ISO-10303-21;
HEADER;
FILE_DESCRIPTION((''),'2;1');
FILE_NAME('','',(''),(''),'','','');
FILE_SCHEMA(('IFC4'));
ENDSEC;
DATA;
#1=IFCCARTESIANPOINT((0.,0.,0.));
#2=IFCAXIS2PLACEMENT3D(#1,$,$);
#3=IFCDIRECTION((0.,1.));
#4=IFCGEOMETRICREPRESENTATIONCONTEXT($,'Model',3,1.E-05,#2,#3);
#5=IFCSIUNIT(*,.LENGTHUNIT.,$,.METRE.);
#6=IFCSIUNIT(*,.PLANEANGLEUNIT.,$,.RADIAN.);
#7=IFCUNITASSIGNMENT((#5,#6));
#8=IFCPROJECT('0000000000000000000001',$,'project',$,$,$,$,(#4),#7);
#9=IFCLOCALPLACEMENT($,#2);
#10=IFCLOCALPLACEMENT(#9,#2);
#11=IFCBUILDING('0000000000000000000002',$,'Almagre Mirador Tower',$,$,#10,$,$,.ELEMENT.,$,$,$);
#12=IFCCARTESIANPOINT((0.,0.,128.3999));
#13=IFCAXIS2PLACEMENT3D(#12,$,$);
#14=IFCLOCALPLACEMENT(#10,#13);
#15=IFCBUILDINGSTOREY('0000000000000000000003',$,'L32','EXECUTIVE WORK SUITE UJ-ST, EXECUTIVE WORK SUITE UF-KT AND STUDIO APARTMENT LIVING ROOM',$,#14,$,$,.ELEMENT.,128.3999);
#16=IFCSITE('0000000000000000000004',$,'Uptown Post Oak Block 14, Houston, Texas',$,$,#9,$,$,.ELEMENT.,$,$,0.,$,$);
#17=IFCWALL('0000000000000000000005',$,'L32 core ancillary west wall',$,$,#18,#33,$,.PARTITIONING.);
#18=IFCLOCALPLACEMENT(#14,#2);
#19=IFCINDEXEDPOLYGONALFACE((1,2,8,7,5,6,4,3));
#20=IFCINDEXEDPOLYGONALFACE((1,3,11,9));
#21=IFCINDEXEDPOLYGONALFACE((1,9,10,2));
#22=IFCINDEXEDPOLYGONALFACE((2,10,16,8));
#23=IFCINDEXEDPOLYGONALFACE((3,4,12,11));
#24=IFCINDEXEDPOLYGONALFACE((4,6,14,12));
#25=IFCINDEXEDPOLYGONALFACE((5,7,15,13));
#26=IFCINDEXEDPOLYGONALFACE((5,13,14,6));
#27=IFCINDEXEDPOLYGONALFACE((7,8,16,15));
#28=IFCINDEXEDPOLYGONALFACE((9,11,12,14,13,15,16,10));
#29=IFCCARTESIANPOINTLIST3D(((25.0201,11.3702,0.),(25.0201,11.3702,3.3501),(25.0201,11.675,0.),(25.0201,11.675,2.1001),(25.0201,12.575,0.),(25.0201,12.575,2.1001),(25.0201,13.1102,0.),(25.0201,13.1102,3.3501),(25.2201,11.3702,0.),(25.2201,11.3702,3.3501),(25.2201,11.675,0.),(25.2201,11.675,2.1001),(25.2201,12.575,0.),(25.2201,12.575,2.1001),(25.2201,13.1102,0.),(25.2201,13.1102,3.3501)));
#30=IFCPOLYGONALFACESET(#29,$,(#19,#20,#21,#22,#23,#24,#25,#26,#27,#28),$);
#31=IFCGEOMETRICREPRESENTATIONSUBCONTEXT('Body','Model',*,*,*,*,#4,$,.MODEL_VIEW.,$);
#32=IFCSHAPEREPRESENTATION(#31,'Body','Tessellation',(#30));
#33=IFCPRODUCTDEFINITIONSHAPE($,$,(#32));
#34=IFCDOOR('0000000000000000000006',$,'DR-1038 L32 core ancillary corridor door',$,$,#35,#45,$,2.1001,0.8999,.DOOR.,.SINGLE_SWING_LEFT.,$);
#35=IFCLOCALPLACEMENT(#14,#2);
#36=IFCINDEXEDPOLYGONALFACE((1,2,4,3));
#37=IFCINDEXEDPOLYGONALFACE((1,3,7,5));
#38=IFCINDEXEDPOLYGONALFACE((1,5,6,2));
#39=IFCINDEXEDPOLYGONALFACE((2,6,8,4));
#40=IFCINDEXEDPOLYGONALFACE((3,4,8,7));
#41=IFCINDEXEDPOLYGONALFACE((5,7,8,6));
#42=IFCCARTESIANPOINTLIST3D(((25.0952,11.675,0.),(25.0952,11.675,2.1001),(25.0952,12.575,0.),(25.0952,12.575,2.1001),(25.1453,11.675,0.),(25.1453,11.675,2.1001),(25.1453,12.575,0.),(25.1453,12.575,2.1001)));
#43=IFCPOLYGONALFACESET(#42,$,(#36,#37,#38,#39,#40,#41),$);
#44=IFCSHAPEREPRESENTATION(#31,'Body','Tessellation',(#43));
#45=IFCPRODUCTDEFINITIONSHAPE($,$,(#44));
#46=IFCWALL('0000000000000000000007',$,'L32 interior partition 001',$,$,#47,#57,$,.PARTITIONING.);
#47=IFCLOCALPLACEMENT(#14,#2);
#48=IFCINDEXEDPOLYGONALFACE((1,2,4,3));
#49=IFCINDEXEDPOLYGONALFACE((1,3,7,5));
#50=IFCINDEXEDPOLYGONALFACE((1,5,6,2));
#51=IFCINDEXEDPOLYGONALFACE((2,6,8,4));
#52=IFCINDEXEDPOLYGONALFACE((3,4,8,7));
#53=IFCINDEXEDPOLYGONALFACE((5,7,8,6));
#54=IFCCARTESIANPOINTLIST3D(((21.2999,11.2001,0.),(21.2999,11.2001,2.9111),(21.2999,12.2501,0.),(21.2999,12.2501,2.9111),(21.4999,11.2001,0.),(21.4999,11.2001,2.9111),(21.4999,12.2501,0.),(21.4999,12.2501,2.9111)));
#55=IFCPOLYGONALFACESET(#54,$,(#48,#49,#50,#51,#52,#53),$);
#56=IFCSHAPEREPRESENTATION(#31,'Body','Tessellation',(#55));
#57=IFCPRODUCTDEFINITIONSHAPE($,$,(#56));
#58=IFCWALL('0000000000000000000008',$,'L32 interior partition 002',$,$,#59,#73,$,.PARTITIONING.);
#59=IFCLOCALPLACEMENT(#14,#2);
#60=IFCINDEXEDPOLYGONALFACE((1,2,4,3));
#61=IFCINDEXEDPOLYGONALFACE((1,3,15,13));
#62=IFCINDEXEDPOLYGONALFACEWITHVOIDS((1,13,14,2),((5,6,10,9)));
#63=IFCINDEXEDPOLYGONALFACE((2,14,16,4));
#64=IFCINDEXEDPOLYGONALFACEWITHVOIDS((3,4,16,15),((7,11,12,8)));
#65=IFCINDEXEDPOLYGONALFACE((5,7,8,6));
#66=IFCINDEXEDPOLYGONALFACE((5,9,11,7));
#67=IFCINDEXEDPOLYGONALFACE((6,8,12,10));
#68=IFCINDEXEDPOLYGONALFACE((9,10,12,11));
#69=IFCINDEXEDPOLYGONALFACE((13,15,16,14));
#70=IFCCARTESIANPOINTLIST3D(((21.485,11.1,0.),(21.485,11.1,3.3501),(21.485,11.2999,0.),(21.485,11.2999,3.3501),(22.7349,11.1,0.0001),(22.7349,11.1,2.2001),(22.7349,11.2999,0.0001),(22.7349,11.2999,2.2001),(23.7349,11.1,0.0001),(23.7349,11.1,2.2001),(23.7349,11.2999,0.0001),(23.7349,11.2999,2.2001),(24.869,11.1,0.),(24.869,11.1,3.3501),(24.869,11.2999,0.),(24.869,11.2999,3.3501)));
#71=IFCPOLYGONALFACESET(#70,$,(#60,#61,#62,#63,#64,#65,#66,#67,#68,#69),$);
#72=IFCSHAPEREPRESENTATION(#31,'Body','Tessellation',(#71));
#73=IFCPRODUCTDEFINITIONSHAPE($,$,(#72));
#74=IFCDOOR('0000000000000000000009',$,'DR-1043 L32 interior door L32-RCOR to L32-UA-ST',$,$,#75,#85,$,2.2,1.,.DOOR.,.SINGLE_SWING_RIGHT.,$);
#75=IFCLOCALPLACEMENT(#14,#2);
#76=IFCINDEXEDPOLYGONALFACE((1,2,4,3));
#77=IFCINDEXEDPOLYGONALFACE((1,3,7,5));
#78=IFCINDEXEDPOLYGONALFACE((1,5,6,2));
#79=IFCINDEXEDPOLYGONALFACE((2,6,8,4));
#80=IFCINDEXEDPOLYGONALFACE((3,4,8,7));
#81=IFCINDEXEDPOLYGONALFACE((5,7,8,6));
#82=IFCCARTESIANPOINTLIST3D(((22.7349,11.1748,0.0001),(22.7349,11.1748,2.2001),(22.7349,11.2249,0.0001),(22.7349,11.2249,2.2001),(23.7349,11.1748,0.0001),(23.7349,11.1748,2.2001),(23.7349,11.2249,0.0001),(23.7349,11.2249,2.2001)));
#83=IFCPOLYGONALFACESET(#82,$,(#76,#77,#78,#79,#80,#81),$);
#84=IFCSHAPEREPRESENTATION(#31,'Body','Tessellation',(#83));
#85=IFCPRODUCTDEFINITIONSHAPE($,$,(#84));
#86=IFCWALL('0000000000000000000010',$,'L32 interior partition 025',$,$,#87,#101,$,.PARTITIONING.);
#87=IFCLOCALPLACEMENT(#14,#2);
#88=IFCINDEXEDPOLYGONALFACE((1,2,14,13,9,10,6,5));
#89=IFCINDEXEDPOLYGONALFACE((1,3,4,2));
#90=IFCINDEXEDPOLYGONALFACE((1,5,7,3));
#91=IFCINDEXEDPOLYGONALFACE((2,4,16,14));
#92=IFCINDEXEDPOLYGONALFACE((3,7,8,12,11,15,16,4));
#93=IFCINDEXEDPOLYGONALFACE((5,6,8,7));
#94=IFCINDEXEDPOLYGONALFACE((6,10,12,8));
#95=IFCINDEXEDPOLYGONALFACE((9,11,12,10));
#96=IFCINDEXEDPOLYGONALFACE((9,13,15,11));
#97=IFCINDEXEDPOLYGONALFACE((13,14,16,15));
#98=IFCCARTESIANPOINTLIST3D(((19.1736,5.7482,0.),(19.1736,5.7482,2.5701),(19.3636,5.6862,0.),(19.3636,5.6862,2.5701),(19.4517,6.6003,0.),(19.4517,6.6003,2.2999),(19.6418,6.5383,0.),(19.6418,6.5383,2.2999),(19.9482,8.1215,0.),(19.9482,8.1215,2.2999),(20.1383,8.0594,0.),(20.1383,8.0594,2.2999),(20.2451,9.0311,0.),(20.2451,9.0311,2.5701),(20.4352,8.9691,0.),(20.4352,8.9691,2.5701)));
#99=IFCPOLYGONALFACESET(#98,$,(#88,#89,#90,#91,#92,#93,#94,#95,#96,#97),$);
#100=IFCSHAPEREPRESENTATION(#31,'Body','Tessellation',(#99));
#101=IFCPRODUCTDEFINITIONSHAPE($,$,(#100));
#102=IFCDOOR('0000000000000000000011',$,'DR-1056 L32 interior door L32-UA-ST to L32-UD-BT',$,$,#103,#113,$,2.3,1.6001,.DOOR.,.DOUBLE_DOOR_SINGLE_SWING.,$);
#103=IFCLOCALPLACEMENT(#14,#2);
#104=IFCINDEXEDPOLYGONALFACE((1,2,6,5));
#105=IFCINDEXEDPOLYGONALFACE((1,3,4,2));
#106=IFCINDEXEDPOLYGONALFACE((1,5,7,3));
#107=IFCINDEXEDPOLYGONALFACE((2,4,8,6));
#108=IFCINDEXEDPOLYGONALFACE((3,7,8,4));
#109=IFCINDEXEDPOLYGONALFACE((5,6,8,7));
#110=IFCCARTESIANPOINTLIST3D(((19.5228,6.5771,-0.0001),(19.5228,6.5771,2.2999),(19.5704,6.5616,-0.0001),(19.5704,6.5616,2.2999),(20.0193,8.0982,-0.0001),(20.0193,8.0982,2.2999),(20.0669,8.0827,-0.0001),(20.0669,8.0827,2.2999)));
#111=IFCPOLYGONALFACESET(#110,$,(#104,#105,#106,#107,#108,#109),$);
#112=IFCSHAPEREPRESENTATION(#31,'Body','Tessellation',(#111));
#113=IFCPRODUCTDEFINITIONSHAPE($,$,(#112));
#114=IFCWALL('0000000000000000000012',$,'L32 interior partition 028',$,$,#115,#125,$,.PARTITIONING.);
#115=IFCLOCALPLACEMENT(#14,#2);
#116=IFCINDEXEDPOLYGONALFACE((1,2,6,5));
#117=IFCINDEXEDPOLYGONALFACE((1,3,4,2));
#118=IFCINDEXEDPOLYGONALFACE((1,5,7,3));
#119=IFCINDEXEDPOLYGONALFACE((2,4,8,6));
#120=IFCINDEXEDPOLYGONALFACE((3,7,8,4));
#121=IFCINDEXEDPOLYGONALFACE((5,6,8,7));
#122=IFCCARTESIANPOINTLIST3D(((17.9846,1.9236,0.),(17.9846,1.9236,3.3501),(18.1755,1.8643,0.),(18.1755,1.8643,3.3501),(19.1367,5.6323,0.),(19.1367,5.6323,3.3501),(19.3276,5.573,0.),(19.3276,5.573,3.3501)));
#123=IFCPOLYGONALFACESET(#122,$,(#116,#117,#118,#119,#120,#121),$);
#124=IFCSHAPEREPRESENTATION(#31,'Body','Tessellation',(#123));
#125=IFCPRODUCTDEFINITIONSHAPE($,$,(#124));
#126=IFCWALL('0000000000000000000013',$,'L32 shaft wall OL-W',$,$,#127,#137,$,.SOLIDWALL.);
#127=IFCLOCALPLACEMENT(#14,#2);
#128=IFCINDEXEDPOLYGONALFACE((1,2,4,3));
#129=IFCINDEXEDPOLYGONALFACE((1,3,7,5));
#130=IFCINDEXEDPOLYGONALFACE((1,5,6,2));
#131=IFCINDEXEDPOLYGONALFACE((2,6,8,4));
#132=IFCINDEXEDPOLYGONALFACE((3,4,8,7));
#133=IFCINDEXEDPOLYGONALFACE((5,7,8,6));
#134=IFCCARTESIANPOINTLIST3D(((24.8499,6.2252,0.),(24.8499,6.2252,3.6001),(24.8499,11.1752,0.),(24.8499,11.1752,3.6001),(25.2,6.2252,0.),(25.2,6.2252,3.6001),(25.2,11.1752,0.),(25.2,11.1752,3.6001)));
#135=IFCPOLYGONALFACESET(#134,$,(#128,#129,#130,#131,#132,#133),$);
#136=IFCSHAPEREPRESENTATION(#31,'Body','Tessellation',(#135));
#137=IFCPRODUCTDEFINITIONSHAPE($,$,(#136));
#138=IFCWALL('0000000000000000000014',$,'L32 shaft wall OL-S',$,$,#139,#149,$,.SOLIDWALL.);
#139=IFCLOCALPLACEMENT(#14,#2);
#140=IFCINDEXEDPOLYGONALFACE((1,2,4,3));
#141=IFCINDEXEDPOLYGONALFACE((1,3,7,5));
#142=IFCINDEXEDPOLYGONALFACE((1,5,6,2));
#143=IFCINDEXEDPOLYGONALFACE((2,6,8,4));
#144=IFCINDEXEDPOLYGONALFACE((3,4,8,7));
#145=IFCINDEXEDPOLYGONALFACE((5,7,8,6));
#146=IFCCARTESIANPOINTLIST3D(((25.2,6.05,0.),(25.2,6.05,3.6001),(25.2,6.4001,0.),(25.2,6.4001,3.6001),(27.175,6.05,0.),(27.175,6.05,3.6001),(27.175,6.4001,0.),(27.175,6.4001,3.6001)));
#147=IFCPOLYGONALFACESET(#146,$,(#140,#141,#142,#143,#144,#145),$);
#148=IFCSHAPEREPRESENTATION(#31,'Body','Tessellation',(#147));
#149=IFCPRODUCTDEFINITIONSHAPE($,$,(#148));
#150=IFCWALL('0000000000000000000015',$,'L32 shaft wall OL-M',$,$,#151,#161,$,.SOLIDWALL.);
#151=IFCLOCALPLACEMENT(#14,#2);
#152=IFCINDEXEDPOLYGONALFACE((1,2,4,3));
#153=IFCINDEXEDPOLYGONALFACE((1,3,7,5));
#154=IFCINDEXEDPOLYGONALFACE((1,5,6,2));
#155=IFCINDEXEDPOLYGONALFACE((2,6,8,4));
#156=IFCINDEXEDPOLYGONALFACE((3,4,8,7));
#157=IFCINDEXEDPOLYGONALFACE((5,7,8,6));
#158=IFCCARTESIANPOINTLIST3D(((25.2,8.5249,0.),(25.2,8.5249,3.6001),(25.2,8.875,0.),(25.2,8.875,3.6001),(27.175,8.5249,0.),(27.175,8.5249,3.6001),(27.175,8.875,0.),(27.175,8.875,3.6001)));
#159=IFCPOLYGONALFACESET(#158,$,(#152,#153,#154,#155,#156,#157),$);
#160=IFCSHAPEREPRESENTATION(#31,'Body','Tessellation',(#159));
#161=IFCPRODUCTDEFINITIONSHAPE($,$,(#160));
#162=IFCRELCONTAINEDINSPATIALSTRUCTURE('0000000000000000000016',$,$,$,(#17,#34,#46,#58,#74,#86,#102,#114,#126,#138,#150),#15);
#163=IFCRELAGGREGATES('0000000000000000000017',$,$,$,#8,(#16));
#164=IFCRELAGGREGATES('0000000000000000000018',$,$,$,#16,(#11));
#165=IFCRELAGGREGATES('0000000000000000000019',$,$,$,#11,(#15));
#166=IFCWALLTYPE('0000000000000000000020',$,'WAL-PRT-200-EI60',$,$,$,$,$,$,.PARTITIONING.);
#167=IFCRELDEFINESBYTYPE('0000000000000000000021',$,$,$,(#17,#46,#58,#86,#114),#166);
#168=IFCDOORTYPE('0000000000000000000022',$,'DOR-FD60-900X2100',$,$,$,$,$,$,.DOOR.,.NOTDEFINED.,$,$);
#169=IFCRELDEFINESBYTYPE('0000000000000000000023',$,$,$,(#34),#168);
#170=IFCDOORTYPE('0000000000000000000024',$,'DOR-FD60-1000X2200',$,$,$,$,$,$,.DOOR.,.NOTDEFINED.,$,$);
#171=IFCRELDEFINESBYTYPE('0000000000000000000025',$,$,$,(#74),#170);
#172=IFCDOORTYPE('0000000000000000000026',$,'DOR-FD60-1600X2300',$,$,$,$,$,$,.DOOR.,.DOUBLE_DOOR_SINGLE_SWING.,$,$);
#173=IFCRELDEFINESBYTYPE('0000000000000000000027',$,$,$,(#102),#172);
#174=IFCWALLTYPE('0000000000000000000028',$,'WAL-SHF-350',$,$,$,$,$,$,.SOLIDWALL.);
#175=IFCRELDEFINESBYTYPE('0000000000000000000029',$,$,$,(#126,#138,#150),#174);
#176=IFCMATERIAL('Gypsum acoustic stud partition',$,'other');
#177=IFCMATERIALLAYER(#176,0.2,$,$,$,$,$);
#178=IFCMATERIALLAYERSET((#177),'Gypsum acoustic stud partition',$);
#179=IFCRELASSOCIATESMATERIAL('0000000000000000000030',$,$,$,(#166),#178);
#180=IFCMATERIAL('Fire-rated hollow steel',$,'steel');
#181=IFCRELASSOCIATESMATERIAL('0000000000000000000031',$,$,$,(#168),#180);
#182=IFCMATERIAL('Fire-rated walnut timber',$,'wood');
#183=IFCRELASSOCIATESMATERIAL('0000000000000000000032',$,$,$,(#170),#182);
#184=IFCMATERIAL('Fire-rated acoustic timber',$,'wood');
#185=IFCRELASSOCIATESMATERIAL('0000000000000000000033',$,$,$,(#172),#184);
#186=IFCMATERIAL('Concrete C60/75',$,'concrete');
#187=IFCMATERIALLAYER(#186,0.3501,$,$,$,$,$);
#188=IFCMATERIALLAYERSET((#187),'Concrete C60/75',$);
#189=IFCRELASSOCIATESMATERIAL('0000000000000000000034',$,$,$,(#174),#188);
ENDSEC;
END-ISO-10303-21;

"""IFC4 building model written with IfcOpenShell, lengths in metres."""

from ifc_helpers import new_model, si_unit, direction, frame, frame_2d, origin, place, context, subcontext, project, spatial, rectangle, extrude, material, layer, layer_set, type_object, element, fill, save


model = new_model("IFC4")

# Units and contexts
model_context = context("Model", 3, precision=1e-05, world=origin(), true_north=direction((0.0, 1.0)))
body_context = subcontext(model_context, "Body", "Model", "MODEL_VIEW")
ifc_project = project(units=[si_unit("LENGTHUNIT", "METRE"), si_unit("PLANEANGLEUNIT", "RADIAN")], contexts=[model_context])

# Site, building, storey
site_placement = place(None, origin())
site = spatial("IfcSite", under=ifc_project, at=site_placement, Name="Uptown Post Oak Block 14, Houston, Texas", CompositionType="ELEMENT", RefElevation=0.0)
building_placement = place(site_placement, origin())
building = spatial("IfcBuilding", under=site, at=building_placement, Name="Almagre Mirador Tower", CompositionType="ELEMENT")
storey_placement = place(building_placement, frame((0.0, 0.0, 128.3999)))
storey = spatial("IfcBuildingStorey", under=building, at=storey_placement, Name="L32", Description="EXECUTIVE WORK SUITE UJ-ST, EXECUTIVE WORK SUITE UF-KT AND STUDIO APARTMENT LIVING ROOM", CompositionType="ELEMENT", Elevation=128.3999)

# Wall, opening, door
ifc_material_1 = material(Name="Gypsum acoustic stud partition", Category="other")
ifc_layer_1 = layer(ifc_material_1, 0.2)
ifc_layer_set_1 = layer_set([ifc_layer_1], Name="Gypsum acoustic stud partition")
wall_type_1 = type_object("IfcWallType", Name="WAL-PRT-200-EI60", PredefinedType="PARTITIONING", material=ifc_layer_set_1)
wall_1_placement = place(storey_placement, frame((25.1201, 11.3701, 0.0), z_axis=(0.0, 0.0, 1.0), x_axis=(0.0, 1.0, 0.0)))
wall_1 = element("IfcWall", 1, at=wall_1_placement, inside=storey, type_object=wall_type_1, Name="L32 core ancillary west wall", PredefinedType="PARTITIONING", context=body_context, shape_type="SweptSolid", body=[
    extrude(rectangle(XDim=1.74, YDim=0.2, at=frame_2d((0.8701, 0.0))), origin(), (0.0, 0.0, 1.0), 3.3501),
])
opening_1_placement = place(wall_1_placement, frame((0.3049, 0.0, 0.0)))
opening_1 = element("IfcOpeningElement", 2, at=opening_1_placement, cuts=wall_1, PredefinedType="OPENING", context=body_context, shape_type="SweptSolid", body=[
    extrude(rectangle(XDim=0.8999, YDim=2.1001, at=frame_2d((0.45, 1.05))), frame((0.0, 0.1101, 0.0), z_axis=(0.0, -1.0, 0.0), x_axis=(1.0, 0.0, 0.0)), (0.0, 0.0, 1.0), 0.22),
])
ifc_material_2 = material(Name="Fire-rated hollow steel", Category="steel")
door_type_1 = type_object("IfcDoorType", Name="DOR-FD60-900X2100", OperationType="NOTDEFINED", PredefinedType="DOOR", material=ifc_material_2)
door_1_placement = place(opening_1_placement, origin())
door_1 = element("IfcDoor", 3, at=door_1_placement, inside=storey, type_object=door_type_1, Name="DR-1038 L32 core ancillary corridor door", OperationType="SINGLE_SWING_LEFT", OverallHeight=2.1001, OverallWidth=0.8999, PredefinedType="DOOR", context=body_context, shape_type="SweptSolid", body=[
    extrude(rectangle(XDim=0.8999, YDim=2.1001, at=frame_2d((0.45, 1.05))), frame((0.0, 0.0249, 0.0), z_axis=(0.0, -1.0, 0.0), x_axis=(1.0, 0.0, 0.0)), (0.0, 0.0, 1.0), 0.05),
])
fill(opening_1, door_1)

# Wall
wall_2_placement = place(storey_placement, frame((21.3999, 12.25, 0.0), z_axis=(0.0, 0.0, 1.0), x_axis=(0.0, -1.0, 0.0)))
element("IfcWall", 4, at=wall_2_placement, inside=storey, type_object=wall_type_1, Name="L32 interior partition 001", PredefinedType="PARTITIONING", context=body_context, shape_type="SweptSolid", body=[
    extrude(rectangle(XDim=1.05, YDim=0.2, at=frame_2d((0.5249, 0.0))), origin(), (0.0, 0.0, 1.0), 2.9111),
])

# Walls, openings, doors
wall_3_placement = place(storey_placement, frame((21.4851, 11.2, 0.0), z_axis=(0.0, 0.0, 1.0), x_axis=(1.0, 0.0, 0.0)))
wall_3 = element("IfcWall", 5, at=wall_3_placement, inside=storey, type_object=wall_type_1, Name="L32 interior partition 002", PredefinedType="PARTITIONING", context=body_context, shape_type="SweptSolid", body=[
    extrude(rectangle(XDim=3.384, YDim=0.2, at=frame_2d((1.6919, 0.0))), origin(), (0.0, 0.0, 1.0), 3.3501),
])
opening_2_placement = place(wall_3_placement, frame((1.2498, 0.0, 0.0)))
opening_2 = element("IfcOpeningElement", 6, at=opening_2_placement, cuts=wall_3, PredefinedType="OPENING", context=body_context, shape_type="SweptSolid", body=[
    extrude(rectangle(XDim=1.0, YDim=2.2, at=frame_2d((0.5, 1.1001))), frame((0.0, 0.1101, 0.0), z_axis=(0.0, -1.0, 0.0), x_axis=(1.0, 0.0, 0.0)), (0.0, 0.0, 1.0), 0.22),
])
ifc_material_3 = material(Name="Fire-rated walnut timber", Category="wood")
door_type_2 = type_object("IfcDoorType", Name="DOR-FD60-1000X2200", OperationType="NOTDEFINED", PredefinedType="DOOR", material=ifc_material_3)
door_2_placement = place(opening_2_placement, origin())
door_2 = element("IfcDoor", 7, at=door_2_placement, inside=storey, type_object=door_type_2, Name="DR-1043 L32 interior door L32-RCOR to L32-UA-ST", OperationType="SINGLE_SWING_RIGHT", OverallHeight=2.2, OverallWidth=1.0, PredefinedType="DOOR", context=body_context, shape_type="SweptSolid", body=[
    extrude(rectangle(XDim=1.0, YDim=2.2, at=frame_2d((0.5, 1.1001))), frame((0.0, 0.0249, 0.0), z_axis=(0.0, -1.0, 0.0), x_axis=(1.0, 0.0, 0.0)), (0.0, 0.0, 1.0), 0.05),
])
fill(opening_2, door_2)
wall_4_placement = place(storey_placement, frame((20.3401, 9.0, 0.0), z_axis=(0.0, 0.0, 1.0), x_axis=(-0.310283, -0.950644, 0.0)))
wall_4 = element("IfcWall", 8, at=wall_4_placement, inside=storey, type_object=wall_type_1, Name="L32 interior partition 025", PredefinedType="PARTITIONING", context=body_context, shape_type="SweptSolid", body=[
    extrude(rectangle(XDim=3.4534, YDim=0.2, at=frame_2d((1.7266, 0.0))), origin(), (0.0, 0.0, 1.0), 2.5701),
])
opening_3_placement = place(wall_4_placement, frame((0.9568, 0.0, 0.0)))
opening_3 = element("IfcOpeningElement", 9, at=opening_3_placement, cuts=wall_4, PredefinedType="OPENING", context=body_context, shape_type="SweptSolid", body=[
    extrude(rectangle(XDim=1.6001, YDim=2.3, at=frame_2d((0.8, 1.1499))), frame((0.0, 0.1101, 0.0), z_axis=(0.0, -1.0, 0.0), x_axis=(1.0, 0.0, 0.0)), (0.0, 0.0, 1.0), 0.22),
])
ifc_material_4 = material(Name="Fire-rated acoustic timber", Category="wood")
door_type_3 = type_object("IfcDoorType", Name="DOR-FD60-1600X2300", OperationType="DOUBLE_DOOR_SINGLE_SWING", PredefinedType="DOOR", material=ifc_material_4)
door_3_placement = place(opening_3_placement, origin())
door_3 = element("IfcDoor", 10, at=door_3_placement, inside=storey, type_object=door_type_3, Name="DR-1056 L32 interior door L32-UA-ST to L32-UD-BT", OperationType="DOUBLE_DOOR_SINGLE_SWING", OverallHeight=2.3, OverallWidth=1.6001, PredefinedType="DOOR", context=body_context, shape_type="SweptSolid", body=[
    extrude(rectangle(XDim=1.6001, YDim=2.3, at=frame_2d((0.8, 1.1499))), frame((0.0, 0.0249, 0.0), z_axis=(0.0, -1.0, 0.0), x_axis=(1.0, 0.0, 0.0)), (0.0, 0.0, 1.0), 0.05),
])
fill(opening_3, door_3)

# Walls
wall_5_placement = place(storey_placement, frame((19.2322, 5.6028, 0.0), z_axis=(0.0, 0.0, 1.0), x_axis=(-0.29666, -0.954983, 0.0)))
element("IfcWall", 11, at=wall_5_placement, inside=storey, type_object=wall_type_1, Name="L32 interior partition 028", PredefinedType="PARTITIONING", context=body_context, shape_type="SweptSolid", body=[
    extrude(rectangle(XDim=3.8835, YDim=0.2, at=frame_2d((1.9419, 0.0))), origin(), (0.0, 0.0, 1.0), 3.3501),
])
ifc_material_5 = material(Name="Concrete C60/75", Category="concrete")
ifc_layer_2 = layer(ifc_material_5, 0.3501)
ifc_layer_set_2 = layer_set([ifc_layer_2], Name="Concrete C60/75")
wall_type_2 = type_object("IfcWallType", Name="WAL-SHF-350", PredefinedType="SOLIDWALL", material=ifc_layer_set_2)
wall_6_placement = place(storey_placement, frame((25.0249, 6.2251, 0.0), z_axis=(0.0, 0.0, 1.0), x_axis=(0.0, 1.0, 0.0)))
element("IfcWall", 12, at=wall_6_placement, inside=storey, type_object=wall_type_2, Name="L32 shaft wall OL-W", PredefinedType="SOLIDWALL", context=body_context, shape_type="SweptSolid", body=[
    extrude(rectangle(XDim=4.95, YDim=0.3501, at=frame_2d((2.4751, 0.0))), origin(), (0.0, 0.0, 1.0), 3.6001),
])
for number, where, z_axis, x_axis, name in (
    (13, (25.2, 6.2251, 0.0), (0.0, 0.0, 1.0), (1.0, 0.0, 0.0), "L32 shaft wall OL-S"),
    (14, (25.2, 8.7, 0.0), (0.0, 0.0, 1.0), (1.0, 0.0, 0.0), "L32 shaft wall OL-M"),
):
    element("IfcWall", number, at=place(storey_placement, frame(where, z_axis=z_axis, x_axis=x_axis)), inside=storey, type_object=wall_type_2, Name=name, PredefinedType="SOLIDWALL", context=body_context, shape_type="SweptSolid", body=[
        extrude(rectangle(XDim=1.9751, YDim=0.3501, at=frame_2d((0.9875, 0.0))), origin(), (0.0, 0.0, 1.0), 3.6001),
    ])

save(model, "model.ifc")
